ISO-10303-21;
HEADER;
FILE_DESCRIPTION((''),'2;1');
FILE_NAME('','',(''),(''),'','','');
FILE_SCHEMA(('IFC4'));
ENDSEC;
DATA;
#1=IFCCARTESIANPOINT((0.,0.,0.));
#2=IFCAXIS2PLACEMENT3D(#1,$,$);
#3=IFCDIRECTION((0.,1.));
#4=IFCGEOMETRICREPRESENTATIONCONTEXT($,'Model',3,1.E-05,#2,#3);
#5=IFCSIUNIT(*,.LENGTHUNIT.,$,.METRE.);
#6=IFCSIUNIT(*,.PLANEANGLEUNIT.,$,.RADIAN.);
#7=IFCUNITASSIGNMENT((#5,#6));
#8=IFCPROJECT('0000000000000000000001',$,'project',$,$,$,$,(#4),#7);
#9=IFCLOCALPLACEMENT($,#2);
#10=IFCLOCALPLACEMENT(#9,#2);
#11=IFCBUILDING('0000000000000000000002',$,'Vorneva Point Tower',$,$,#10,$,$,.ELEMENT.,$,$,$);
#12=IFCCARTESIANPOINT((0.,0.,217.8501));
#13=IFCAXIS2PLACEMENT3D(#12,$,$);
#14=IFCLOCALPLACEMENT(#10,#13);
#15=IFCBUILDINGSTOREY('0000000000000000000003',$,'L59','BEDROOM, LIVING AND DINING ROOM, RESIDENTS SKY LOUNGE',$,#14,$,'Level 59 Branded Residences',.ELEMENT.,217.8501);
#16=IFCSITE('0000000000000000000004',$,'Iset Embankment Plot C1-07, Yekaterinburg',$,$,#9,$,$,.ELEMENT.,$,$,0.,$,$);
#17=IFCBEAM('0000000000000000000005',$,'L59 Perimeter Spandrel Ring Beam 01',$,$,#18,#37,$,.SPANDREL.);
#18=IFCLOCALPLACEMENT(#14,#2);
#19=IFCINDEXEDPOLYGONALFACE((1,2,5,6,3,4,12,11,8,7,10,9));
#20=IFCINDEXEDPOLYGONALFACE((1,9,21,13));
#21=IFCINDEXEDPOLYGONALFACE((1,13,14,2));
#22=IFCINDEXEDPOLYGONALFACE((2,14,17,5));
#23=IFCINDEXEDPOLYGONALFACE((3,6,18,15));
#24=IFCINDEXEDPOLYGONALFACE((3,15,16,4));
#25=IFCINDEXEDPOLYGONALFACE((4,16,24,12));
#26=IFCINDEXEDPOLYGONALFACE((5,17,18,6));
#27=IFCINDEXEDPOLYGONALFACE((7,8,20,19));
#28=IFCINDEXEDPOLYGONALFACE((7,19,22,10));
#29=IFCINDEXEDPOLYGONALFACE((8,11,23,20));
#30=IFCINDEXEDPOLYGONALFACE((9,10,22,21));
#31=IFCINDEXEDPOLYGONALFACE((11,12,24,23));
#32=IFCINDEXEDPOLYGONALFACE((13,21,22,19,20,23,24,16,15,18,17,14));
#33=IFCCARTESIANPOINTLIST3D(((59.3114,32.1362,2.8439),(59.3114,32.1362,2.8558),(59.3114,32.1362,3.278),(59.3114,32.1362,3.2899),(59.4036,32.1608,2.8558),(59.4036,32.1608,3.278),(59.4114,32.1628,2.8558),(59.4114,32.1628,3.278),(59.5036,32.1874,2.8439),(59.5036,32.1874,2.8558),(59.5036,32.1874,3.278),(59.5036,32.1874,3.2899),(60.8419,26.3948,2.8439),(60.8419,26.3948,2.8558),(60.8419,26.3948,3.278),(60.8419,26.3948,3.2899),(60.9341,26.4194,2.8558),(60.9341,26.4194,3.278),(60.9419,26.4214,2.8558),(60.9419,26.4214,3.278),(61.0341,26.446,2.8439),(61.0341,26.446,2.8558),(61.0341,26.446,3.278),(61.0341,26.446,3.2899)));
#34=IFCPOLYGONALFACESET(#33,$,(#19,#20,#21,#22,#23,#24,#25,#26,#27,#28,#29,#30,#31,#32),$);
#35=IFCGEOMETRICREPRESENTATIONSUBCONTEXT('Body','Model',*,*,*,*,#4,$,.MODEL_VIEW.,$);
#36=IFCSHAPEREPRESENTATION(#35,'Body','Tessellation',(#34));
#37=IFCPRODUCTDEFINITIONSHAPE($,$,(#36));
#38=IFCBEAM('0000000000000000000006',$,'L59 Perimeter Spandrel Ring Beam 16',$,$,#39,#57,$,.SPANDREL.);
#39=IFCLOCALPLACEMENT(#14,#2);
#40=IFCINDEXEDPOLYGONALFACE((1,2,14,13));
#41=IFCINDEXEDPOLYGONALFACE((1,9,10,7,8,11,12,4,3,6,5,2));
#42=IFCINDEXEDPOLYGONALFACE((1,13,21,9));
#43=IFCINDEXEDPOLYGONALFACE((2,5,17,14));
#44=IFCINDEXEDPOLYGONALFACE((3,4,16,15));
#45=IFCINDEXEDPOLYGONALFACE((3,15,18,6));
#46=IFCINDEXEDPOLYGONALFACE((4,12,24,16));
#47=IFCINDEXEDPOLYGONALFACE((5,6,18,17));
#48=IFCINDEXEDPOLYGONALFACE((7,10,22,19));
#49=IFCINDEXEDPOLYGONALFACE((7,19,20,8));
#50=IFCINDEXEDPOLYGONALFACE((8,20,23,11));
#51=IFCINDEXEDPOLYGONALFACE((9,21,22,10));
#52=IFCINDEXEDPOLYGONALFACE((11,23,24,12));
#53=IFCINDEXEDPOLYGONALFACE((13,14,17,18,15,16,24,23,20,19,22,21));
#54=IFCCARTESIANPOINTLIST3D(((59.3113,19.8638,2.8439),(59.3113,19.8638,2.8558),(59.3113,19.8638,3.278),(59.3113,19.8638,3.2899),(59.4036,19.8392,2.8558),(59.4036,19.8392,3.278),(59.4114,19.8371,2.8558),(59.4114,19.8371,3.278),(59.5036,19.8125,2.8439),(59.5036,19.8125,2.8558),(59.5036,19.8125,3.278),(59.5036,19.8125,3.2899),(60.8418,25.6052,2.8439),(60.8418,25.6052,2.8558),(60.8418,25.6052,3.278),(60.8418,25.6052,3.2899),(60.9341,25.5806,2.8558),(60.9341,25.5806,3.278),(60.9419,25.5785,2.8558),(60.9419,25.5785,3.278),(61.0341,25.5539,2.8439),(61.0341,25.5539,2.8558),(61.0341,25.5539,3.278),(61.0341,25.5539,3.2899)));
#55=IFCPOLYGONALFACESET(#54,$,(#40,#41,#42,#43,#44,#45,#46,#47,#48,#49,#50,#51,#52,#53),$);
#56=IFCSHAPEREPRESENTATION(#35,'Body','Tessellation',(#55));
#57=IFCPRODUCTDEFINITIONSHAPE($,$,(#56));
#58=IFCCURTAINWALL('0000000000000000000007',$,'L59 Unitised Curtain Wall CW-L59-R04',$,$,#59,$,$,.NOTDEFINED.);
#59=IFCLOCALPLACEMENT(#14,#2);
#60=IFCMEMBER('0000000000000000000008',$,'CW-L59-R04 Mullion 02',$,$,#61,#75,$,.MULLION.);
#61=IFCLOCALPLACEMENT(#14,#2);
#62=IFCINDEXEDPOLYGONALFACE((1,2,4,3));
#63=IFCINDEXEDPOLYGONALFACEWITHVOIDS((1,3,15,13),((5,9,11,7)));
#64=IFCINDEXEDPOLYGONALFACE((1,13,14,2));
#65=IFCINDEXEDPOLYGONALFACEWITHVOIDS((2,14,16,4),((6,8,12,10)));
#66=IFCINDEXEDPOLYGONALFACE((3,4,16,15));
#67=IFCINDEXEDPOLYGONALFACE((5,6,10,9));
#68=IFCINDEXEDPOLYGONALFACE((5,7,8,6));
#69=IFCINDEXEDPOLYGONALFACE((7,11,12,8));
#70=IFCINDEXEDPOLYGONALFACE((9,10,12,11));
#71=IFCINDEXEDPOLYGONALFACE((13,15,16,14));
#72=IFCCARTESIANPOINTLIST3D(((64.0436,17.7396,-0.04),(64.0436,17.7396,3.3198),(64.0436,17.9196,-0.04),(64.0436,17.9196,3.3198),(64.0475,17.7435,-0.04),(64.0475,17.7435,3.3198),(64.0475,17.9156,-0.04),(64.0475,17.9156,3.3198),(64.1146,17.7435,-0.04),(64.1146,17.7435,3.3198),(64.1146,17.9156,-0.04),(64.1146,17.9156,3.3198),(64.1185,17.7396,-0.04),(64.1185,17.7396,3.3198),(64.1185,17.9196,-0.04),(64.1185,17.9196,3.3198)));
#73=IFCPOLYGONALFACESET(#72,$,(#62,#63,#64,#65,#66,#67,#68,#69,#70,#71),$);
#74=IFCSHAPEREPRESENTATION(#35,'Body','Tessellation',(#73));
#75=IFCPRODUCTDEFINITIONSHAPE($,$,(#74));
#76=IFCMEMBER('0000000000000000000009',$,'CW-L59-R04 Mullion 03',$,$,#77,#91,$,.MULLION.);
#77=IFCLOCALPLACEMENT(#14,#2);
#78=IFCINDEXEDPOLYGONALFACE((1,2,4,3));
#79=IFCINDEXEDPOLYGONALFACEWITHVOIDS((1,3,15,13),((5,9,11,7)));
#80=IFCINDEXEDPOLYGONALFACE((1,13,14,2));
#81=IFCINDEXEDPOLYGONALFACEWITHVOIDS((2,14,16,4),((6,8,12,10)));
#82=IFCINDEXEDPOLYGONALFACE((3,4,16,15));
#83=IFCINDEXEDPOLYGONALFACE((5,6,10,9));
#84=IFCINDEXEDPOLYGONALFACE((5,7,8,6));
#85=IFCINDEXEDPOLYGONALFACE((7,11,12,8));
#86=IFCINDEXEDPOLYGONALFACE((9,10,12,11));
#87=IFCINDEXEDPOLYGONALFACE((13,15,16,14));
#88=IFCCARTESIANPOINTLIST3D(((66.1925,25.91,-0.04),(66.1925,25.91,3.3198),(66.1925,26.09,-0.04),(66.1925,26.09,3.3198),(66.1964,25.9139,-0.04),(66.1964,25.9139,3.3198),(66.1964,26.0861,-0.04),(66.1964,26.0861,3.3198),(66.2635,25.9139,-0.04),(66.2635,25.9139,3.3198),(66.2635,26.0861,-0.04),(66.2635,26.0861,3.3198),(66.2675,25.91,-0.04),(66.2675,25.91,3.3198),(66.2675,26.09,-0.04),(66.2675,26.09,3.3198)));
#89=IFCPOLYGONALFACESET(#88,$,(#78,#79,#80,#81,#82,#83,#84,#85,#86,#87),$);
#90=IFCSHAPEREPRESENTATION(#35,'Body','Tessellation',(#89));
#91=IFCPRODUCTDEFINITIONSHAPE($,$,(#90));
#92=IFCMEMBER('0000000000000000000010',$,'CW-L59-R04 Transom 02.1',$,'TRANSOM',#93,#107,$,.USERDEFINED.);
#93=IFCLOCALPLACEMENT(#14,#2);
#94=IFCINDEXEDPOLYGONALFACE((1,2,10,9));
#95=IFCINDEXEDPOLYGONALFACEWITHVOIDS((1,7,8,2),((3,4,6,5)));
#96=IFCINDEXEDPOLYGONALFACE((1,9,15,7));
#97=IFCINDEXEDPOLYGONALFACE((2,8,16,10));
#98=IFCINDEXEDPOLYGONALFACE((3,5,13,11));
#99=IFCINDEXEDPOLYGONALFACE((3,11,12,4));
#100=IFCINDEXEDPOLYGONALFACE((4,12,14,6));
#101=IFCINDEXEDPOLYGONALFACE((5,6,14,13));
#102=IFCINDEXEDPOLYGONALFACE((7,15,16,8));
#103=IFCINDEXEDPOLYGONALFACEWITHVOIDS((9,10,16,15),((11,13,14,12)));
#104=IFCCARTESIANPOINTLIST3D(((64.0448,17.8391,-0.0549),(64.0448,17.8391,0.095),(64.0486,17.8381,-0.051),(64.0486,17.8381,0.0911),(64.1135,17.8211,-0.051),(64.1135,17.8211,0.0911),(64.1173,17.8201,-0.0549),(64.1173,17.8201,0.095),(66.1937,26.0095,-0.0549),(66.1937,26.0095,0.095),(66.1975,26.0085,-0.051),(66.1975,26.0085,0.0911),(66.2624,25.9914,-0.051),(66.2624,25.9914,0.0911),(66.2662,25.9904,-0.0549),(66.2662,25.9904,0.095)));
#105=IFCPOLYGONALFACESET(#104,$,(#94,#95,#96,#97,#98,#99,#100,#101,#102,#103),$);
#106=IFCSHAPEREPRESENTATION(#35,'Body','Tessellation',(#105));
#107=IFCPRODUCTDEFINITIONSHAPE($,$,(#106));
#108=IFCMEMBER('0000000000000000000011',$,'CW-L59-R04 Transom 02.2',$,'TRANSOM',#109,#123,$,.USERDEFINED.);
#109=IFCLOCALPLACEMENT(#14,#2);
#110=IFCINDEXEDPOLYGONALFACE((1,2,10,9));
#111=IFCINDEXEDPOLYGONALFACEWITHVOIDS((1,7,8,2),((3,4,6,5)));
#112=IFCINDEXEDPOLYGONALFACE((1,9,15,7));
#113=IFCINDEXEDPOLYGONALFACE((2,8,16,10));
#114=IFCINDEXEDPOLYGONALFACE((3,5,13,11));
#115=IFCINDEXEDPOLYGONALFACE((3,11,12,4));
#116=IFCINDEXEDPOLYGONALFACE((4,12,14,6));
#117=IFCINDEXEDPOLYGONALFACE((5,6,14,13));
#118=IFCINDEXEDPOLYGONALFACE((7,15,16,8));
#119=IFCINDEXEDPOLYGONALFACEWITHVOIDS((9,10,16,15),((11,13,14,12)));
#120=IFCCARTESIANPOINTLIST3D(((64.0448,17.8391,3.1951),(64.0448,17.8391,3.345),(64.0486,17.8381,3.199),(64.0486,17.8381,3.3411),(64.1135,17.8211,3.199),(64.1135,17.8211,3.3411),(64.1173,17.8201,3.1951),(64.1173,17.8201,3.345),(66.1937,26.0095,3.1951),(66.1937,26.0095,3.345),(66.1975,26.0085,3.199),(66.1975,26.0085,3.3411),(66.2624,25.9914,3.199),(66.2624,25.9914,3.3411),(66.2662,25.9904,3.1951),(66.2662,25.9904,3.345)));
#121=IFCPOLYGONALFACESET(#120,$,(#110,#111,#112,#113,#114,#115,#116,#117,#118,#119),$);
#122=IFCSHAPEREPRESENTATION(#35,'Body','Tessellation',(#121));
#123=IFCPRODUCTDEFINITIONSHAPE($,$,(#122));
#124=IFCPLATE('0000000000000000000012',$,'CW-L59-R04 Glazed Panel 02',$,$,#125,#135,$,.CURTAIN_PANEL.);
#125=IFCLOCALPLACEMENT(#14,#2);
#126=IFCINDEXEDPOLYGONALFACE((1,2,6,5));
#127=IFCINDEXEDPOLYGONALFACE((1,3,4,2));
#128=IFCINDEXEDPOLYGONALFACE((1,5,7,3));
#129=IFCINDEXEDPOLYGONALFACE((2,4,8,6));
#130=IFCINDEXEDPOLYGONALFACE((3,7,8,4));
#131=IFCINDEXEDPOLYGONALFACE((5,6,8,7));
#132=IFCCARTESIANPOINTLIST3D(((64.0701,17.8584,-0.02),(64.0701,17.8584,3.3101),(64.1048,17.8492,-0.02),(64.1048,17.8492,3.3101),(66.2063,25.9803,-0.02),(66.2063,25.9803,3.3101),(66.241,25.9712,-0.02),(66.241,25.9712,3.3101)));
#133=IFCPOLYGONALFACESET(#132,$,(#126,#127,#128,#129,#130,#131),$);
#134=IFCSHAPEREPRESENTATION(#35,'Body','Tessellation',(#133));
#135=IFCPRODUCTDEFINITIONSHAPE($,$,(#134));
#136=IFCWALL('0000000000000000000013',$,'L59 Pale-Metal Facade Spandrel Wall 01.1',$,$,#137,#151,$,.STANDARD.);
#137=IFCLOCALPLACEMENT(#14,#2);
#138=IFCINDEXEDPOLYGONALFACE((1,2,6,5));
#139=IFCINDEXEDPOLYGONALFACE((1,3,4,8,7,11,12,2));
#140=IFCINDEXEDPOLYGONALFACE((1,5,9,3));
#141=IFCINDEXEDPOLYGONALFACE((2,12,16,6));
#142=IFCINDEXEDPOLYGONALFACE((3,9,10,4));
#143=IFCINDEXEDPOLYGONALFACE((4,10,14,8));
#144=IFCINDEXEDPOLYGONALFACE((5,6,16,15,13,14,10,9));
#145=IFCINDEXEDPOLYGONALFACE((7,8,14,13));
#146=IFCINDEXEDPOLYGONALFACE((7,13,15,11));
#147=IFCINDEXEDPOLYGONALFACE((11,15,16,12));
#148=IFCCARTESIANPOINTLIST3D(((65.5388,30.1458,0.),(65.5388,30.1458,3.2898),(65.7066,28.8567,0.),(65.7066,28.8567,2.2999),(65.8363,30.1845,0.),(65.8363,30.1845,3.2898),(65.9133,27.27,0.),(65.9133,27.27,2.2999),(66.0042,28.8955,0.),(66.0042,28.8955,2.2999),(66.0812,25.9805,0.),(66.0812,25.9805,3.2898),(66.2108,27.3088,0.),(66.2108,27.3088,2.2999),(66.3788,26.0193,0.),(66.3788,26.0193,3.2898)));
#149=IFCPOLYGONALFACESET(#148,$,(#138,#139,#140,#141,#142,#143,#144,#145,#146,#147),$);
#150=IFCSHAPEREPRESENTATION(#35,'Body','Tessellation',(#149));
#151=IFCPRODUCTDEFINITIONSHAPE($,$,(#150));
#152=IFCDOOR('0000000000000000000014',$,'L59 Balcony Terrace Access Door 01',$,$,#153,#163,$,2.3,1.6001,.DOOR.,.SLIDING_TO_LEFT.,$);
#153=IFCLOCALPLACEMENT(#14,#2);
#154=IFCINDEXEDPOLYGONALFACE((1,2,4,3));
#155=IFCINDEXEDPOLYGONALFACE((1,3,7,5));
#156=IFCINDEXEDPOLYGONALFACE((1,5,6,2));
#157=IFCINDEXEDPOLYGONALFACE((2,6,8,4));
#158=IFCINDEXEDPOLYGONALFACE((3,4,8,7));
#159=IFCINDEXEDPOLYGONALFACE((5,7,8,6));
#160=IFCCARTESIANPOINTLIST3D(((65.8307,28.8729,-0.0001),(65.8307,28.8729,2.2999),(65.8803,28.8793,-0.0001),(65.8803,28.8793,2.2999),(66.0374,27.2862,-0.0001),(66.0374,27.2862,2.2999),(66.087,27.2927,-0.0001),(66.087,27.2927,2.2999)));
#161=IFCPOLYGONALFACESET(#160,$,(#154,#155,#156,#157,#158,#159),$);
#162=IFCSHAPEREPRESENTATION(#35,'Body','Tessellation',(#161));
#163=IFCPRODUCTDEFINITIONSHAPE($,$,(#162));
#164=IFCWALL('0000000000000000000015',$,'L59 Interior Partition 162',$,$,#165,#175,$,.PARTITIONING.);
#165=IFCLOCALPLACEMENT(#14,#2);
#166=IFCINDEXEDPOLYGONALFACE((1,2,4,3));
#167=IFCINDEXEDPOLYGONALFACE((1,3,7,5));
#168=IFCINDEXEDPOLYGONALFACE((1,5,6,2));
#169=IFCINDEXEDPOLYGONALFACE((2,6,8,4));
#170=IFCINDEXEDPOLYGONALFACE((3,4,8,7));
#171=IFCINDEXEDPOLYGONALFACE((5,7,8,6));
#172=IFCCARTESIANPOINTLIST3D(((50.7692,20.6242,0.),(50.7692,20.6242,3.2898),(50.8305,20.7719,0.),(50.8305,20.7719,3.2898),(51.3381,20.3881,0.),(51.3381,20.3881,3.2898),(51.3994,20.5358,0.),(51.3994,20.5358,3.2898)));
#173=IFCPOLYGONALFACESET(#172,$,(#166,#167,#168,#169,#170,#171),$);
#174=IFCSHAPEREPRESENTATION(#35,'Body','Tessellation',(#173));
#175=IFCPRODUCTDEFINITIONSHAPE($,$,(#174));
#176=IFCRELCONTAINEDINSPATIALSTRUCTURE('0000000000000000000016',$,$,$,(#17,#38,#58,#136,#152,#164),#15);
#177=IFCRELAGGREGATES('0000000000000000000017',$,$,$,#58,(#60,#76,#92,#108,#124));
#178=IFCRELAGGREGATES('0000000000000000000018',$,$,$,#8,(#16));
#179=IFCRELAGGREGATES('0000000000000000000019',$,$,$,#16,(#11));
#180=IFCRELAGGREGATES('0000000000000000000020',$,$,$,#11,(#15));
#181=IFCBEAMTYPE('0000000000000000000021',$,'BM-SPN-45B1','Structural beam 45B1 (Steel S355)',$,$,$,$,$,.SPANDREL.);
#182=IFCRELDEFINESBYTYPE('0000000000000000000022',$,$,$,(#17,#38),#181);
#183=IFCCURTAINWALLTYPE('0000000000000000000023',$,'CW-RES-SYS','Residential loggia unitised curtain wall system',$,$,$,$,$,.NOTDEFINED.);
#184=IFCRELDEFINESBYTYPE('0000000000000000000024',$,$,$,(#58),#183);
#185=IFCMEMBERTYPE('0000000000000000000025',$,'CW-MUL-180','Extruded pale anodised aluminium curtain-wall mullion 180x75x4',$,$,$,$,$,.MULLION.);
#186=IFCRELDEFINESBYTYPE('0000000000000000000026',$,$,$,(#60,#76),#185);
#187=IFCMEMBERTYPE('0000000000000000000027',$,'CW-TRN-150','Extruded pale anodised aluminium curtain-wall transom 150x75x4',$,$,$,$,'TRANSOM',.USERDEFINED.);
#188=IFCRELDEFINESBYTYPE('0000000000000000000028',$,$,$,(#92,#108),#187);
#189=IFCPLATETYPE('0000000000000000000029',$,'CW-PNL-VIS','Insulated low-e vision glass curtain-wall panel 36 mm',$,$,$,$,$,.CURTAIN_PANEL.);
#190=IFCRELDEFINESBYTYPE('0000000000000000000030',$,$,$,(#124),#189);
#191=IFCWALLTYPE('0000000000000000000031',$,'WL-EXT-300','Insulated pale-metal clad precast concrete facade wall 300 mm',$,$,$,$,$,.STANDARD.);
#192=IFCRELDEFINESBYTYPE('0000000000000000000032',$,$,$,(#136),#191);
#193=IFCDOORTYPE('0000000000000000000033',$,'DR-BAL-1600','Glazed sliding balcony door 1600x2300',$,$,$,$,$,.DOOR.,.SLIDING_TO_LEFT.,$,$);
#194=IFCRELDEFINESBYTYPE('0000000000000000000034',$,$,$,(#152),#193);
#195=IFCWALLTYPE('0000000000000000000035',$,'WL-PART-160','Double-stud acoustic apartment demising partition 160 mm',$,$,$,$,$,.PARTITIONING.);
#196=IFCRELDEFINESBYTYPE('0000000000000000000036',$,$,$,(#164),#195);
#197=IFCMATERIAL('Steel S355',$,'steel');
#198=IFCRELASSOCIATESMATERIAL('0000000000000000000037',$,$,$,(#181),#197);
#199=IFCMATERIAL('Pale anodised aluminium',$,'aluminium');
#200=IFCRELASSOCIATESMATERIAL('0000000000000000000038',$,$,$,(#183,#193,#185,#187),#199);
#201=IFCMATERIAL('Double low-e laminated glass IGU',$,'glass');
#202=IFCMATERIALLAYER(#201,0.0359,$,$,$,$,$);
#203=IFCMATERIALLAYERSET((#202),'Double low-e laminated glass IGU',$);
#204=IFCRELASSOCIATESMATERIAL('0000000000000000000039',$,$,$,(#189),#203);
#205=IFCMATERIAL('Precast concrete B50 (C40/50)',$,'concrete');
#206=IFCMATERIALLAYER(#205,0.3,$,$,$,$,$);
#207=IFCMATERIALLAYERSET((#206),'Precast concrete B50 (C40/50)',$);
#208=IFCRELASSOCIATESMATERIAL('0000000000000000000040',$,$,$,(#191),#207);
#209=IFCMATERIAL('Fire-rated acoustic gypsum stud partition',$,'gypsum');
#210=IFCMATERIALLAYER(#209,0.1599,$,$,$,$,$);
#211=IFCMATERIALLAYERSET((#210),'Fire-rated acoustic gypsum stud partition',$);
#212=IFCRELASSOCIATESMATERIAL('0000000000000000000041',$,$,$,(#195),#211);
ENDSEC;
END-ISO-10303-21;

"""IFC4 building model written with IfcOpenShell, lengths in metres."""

from ifc_helpers import new_model, si_unit, direction, frame, frame_2d, origin, origin_2d, place, context, subcontext, project, spatial, rectangle, hollow_rectangle, i_section, extrude, material, layer, layer_set, material_profile, profile_set, type_object, element, fill, aggregate, save


model = new_model("IFC4")

# Units and contexts
model_context = context("Model", 3, precision=1e-05, world=origin(), true_north=direction((0.0, 1.0)))
body_context = subcontext(model_context, "Body", "Model", "MODEL_VIEW")
ifc_project = project(units=[si_unit("LENGTHUNIT", "METRE"), si_unit("PLANEANGLEUNIT", "RADIAN")], contexts=[model_context])

# Site, building, storey
site_placement = place(None, origin())
site = spatial("IfcSite", under=ifc_project, at=site_placement, Name="Iset Embankment Plot C1-07, Yekaterinburg", CompositionType="ELEMENT", RefElevation=0.0)
building_placement = place(site_placement, origin())
building = spatial("IfcBuilding", under=site, at=building_placement, Name="Vorneva Point Tower", CompositionType="ELEMENT")
storey_placement = place(building_placement, frame((0.0, 0.0, 217.8501)))
storey = spatial("IfcBuildingStorey", under=building, at=storey_placement, Name="L59", Description="BEDROOM, LIVING AND DINING ROOM, RESIDENTS SKY LOUNGE", LongName="Level 59 Branded Residences", CompositionType="ELEMENT", Elevation=217.8501)

# Beams
ifc_material_1 = material(Name="Steel S355", Category="steel")
ifc_material_profile_1 = material_profile(ifc_material_1, i_section(OverallWidth=0.199, OverallDepth=0.446, WebThickness=0.0081, FlangeThickness=0.012, at=origin_2d()), Name="45B1")
ifc_profile_set_1 = profile_set([ifc_material_profile_1], Name="Steel S355")
beam_type_1 = type_object("IfcBeamType", Name="BM-SPN-45B1", Description="Structural beam 45B1 (Steel S355)", PredefinedType="SPANDREL", material=ifc_profile_set_1)
for number, where, z_axis, x_axis, name in (
    (1, (60.938, 26.4204, 3.0669), (-0.257578, 0.966257, 0.0), (-0.966257, -0.257578, 0.0), "L59 Perimeter Spandrel Ring Beam 01"),
    (2, (59.4075, 19.8381, 3.0669), (0.257578, 0.966257, 0.0), (-0.966257, 0.257578, 0.0), "L59 Perimeter Spandrel Ring Beam 16"),
):
    element("IfcBeam", number, at=place(storey_placement, frame(where, z_axis=z_axis, x_axis=x_axis)), inside=storey, type_object=beam_type_1, Name=name, PredefinedType="SPANDREL", context=body_context, shape_type="SweptSolid", body=[
        extrude(i_section(OverallWidth=0.199, OverallDepth=0.446, WebThickness=0.0081, FlangeThickness=0.012, at=origin_2d()), origin(), (0.0, 0.0, 1.0), 5.9419),
    ])

# Curtain wall, members, plate
ifc_material_2 = material(Name="Pale anodised aluminium", Category="aluminium")
curtain_wall_type = type_object("IfcCurtainWallType", Name="CW-RES-SYS", Description="Residential loggia unitised curtain wall system", PredefinedType="NOTDEFINED", material=ifc_material_2)
curtain_wall_placement = place(storey_placement, origin())
curtain_wall = element("IfcCurtainWall", 3, at=curtain_wall_placement, inside=storey, type_object=curtain_wall_type, Name="L59 Unitised Curtain Wall CW-L59-R04", PredefinedType="NOTDEFINED")
ifc_material_profile_2 = material_profile(ifc_material_2, hollow_rectangle(XDim=0.075, YDim=0.1799, WallThickness=0.0039, at=origin_2d()), Name="AL-MUL 180x75x4")
ifc_profile_set_2 = profile_set([ifc_material_profile_2], Name="Pale anodised aluminium")
member_type_1 = type_object("IfcMemberType", Name="CW-MUL-180", Description="Extruded pale anodised aluminium curtain-wall mullion 180x75x4", PredefinedType="MULLION", material=ifc_profile_set_2)
member_1_placement = place(storey_placement, frame((64.0811, 17.8296, -0.04), z_axis=(0.0, 0.0, 1.0), x_axis=(1.0, 0.0, 0.0)))
member_1 = element("IfcMember", 4, at=member_1_placement, type_object=member_type_1, Name="CW-L59-R04 Mullion 02", PredefinedType="MULLION", context=body_context, shape_type="SweptSolid", body=[
    extrude(hollow_rectangle(XDim=0.075, YDim=0.1799, WallThickness=0.0039, at=origin_2d()), origin(), (0.0, 0.0, 1.0), 3.3599),
])
member_2_placement = place(storey_placement, frame((66.23, 26.0, -0.04), z_axis=(0.0, 0.0, 1.0), x_axis=(1.0, 0.0, 0.0)))
member_2 = element("IfcMember", 5, at=member_2_placement, type_object=member_type_1, Name="CW-L59-R04 Mullion 03", PredefinedType="MULLION", context=body_context, shape_type="SweptSolid", body=[
    extrude(hollow_rectangle(XDim=0.075, YDim=0.1799, WallThickness=0.0039, at=origin_2d()), origin(), (0.0, 0.0, 1.0), 3.3599),
])
ifc_material_profile_3 = material_profile(ifc_material_2, hollow_rectangle(XDim=0.075, YDim=0.1499, WallThickness=0.0039, at=origin_2d()), Name="AL-TRN 150x75x4")
ifc_profile_set_3 = profile_set([ifc_material_profile_3], Name="Pale anodised aluminium")
member_type_2 = type_object("IfcMemberType", Name="CW-TRN-150", Description="Extruded pale anodised aluminium curtain-wall transom 150x75x4", ElementType="TRANSOM", PredefinedType="USERDEFINED", material=ifc_profile_set_3)
member_3_placement = place(storey_placement, frame((64.0811, 17.8296, 0.02), z_axis=(0.254362, 0.967109, 0.0), x_axis=(-0.967109, 0.254362, 0.0)))
member_3 = element("IfcMember", 6, at=member_3_placement, type_object=member_type_2, Name="CW-L59-R04 Transom 02.1", ObjectType="TRANSOM", PredefinedType="USERDEFINED", context=body_context, shape_type="SweptSolid", body=[
    extrude(hollow_rectangle(XDim=0.075, YDim=0.1499, WallThickness=0.0039, at=origin_2d()), origin(), (0.0, 0.0, 1.0), 8.4482),
])
member_4_placement = place(storey_placement, frame((64.0811, 17.8296, 3.27), z_axis=(0.254362, 0.967109, 0.0), x_axis=(-0.967109, 0.254362, 0.0)))
member_4 = element("IfcMember", 7, at=member_4_placement, type_object=member_type_2, Name="CW-L59-R04 Transom 02.2", ObjectType="TRANSOM", PredefinedType="USERDEFINED", context=body_context, shape_type="SweptSolid", body=[
    extrude(hollow_rectangle(XDim=0.075, YDim=0.1499, WallThickness=0.0039, at=origin_2d()), origin(), (0.0, 0.0, 1.0), 8.4482),
])
ifc_material_3 = material(Name="Double low-e laminated glass IGU", Category="glass")
ifc_layer_1 = layer(ifc_material_3, 0.0359)
ifc_layer_set_1 = layer_set([ifc_layer_1], Name="Double low-e laminated glass IGU")
plate_type = type_object("IfcPlateType", Name="CW-PNL-VIS", Description="Insulated low-e vision glass curtain-wall panel 36 mm", PredefinedType="CURTAIN_PANEL", material=ifc_layer_set_1)
plate_placement = place(storey_placement, frame((65.1555, 21.9148, -0.02), z_axis=(0.0, 0.0, 1.0), x_axis=(0.254366, 0.967108, 0.0)))
plate = element("IfcPlate", 8, at=plate_placement, type_object=plate_type, Name="CW-L59-R04 Glazed Panel 02", PredefinedType="CURTAIN_PANEL", context=body_context, shape_type="SweptSolid", body=[
    extrude(rectangle(XDim=8.3982, YDim=0.0359, at=origin_2d()), origin(), (0.0, 0.0, 1.0), 3.3301),
])
aggregate(curtain_wall, [member_1, member_2, member_3, member_4, plate])

# Wall, opening, door
ifc_material_4 = material(Name="Precast concrete B50 (C40/50)", Category="concrete")
ifc_layer_2 = layer(ifc_material_4, 0.3)
ifc_layer_set_2 = layer_set([ifc_layer_2], Name="Precast concrete B50 (C40/50)")
wall_type_1 = type_object("IfcWallType", Name="WL-EXT-300", Description="Insulated pale-metal clad precast concrete facade wall 300 mm", PredefinedType="STANDARD", material=ifc_layer_set_2)
wall_1_placement = place(storey_placement, frame((66.23, 26.0, 0.0), z_axis=(0.0, 0.0, 1.0), x_axis=(-0.129148, 0.991625, 0.0)))
wall_1 = element("IfcWall", 9, at=wall_1_placement, inside=storey, type_object=wall_type_1, Name="L59 Pale-Metal Facade Spandrel Wall 01.1", PredefinedType="STANDARD", context=body_context, shape_type="SweptSolid", body=[
    extrude(rectangle(XDim=4.2004, YDim=0.3, at=frame_2d((2.1001, 0.0))), origin(), (0.0, 0.0, 1.0), 3.2898),
])
opening_1_placement = place(wall_1_placement, frame((1.3003, 0.0, 0.0)))
opening_1 = element("IfcOpeningElement", 10, at=opening_1_placement, cuts=wall_1, PredefinedType="OPENING", context=body_context, shape_type="SweptSolid", body=[
    extrude(rectangle(XDim=1.6001, YDim=2.3, at=frame_2d((0.8, 1.1499))), frame((0.0, 0.165, 0.0), z_axis=(0.0, -1.0, 0.0), x_axis=(1.0, 0.0, 0.0)), (0.0, 0.0, 1.0), 0.3298),
])
door_type_1 = type_object("IfcDoorType", Name="DR-BAL-1600", Description="Glazed sliding balcony door 1600x2300", OperationType="SLIDING_TO_LEFT", PredefinedType="DOOR", material=ifc_material_2)
door_1_placement = place(opening_1_placement, origin())
door_1 = element("IfcDoor", 11, at=door_1_placement, inside=storey, type_object=door_type_1, Name="L59 Balcony Terrace Access Door 01", OperationType="SLIDING_TO_LEFT", OverallHeight=2.3, OverallWidth=1.6001, PredefinedType="DOOR", context=body_context, shape_type="SweptSolid", body=[
    extrude(rectangle(XDim=1.6001, YDim=2.3, at=frame_2d((0.8, 1.1499))), frame((0.0, 0.0249, 0.0), z_axis=(0.0, -1.0, 0.0), x_axis=(1.0, 0.0, 0.0)), (0.0, 0.0, 1.0), 0.05),
])
fill(opening_1, door_1)

# Wall
ifc_material_5 = material(Name="Fire-rated acoustic gypsum stud partition", Category="gypsum")
ifc_layer_3 = layer(ifc_material_5, 0.1599)
ifc_layer_set_3 = layer_set([ifc_layer_3], Name="Fire-rated acoustic gypsum stud partition")
wall_type_2 = type_object("IfcWallType", Name="WL-PART-160", Description="Double-stud acoustic apartment demising partition 160 mm", PredefinedType="PARTITIONING", material=ifc_layer_set_3)
wall_2_placement = place(storey_placement, frame((51.3689, 20.4619, 0.0), z_axis=(0.0, 0.0, 1.0), x_axis=(-0.923615, 0.38332, 0.0)))
element("IfcWall", 12, at=wall_2_placement, inside=storey, type_object=wall_type_2, Name="L59 Interior Partition 162", PredefinedType="PARTITIONING", context=body_context, shape_type="SweptSolid", body=[
    extrude(rectangle(XDim=0.616, YDim=0.1599, at=frame_2d((0.3081, 0.0))), origin(), (0.0, 0.0, 1.0), 3.2898),
])

save(model, "model.ifc")
